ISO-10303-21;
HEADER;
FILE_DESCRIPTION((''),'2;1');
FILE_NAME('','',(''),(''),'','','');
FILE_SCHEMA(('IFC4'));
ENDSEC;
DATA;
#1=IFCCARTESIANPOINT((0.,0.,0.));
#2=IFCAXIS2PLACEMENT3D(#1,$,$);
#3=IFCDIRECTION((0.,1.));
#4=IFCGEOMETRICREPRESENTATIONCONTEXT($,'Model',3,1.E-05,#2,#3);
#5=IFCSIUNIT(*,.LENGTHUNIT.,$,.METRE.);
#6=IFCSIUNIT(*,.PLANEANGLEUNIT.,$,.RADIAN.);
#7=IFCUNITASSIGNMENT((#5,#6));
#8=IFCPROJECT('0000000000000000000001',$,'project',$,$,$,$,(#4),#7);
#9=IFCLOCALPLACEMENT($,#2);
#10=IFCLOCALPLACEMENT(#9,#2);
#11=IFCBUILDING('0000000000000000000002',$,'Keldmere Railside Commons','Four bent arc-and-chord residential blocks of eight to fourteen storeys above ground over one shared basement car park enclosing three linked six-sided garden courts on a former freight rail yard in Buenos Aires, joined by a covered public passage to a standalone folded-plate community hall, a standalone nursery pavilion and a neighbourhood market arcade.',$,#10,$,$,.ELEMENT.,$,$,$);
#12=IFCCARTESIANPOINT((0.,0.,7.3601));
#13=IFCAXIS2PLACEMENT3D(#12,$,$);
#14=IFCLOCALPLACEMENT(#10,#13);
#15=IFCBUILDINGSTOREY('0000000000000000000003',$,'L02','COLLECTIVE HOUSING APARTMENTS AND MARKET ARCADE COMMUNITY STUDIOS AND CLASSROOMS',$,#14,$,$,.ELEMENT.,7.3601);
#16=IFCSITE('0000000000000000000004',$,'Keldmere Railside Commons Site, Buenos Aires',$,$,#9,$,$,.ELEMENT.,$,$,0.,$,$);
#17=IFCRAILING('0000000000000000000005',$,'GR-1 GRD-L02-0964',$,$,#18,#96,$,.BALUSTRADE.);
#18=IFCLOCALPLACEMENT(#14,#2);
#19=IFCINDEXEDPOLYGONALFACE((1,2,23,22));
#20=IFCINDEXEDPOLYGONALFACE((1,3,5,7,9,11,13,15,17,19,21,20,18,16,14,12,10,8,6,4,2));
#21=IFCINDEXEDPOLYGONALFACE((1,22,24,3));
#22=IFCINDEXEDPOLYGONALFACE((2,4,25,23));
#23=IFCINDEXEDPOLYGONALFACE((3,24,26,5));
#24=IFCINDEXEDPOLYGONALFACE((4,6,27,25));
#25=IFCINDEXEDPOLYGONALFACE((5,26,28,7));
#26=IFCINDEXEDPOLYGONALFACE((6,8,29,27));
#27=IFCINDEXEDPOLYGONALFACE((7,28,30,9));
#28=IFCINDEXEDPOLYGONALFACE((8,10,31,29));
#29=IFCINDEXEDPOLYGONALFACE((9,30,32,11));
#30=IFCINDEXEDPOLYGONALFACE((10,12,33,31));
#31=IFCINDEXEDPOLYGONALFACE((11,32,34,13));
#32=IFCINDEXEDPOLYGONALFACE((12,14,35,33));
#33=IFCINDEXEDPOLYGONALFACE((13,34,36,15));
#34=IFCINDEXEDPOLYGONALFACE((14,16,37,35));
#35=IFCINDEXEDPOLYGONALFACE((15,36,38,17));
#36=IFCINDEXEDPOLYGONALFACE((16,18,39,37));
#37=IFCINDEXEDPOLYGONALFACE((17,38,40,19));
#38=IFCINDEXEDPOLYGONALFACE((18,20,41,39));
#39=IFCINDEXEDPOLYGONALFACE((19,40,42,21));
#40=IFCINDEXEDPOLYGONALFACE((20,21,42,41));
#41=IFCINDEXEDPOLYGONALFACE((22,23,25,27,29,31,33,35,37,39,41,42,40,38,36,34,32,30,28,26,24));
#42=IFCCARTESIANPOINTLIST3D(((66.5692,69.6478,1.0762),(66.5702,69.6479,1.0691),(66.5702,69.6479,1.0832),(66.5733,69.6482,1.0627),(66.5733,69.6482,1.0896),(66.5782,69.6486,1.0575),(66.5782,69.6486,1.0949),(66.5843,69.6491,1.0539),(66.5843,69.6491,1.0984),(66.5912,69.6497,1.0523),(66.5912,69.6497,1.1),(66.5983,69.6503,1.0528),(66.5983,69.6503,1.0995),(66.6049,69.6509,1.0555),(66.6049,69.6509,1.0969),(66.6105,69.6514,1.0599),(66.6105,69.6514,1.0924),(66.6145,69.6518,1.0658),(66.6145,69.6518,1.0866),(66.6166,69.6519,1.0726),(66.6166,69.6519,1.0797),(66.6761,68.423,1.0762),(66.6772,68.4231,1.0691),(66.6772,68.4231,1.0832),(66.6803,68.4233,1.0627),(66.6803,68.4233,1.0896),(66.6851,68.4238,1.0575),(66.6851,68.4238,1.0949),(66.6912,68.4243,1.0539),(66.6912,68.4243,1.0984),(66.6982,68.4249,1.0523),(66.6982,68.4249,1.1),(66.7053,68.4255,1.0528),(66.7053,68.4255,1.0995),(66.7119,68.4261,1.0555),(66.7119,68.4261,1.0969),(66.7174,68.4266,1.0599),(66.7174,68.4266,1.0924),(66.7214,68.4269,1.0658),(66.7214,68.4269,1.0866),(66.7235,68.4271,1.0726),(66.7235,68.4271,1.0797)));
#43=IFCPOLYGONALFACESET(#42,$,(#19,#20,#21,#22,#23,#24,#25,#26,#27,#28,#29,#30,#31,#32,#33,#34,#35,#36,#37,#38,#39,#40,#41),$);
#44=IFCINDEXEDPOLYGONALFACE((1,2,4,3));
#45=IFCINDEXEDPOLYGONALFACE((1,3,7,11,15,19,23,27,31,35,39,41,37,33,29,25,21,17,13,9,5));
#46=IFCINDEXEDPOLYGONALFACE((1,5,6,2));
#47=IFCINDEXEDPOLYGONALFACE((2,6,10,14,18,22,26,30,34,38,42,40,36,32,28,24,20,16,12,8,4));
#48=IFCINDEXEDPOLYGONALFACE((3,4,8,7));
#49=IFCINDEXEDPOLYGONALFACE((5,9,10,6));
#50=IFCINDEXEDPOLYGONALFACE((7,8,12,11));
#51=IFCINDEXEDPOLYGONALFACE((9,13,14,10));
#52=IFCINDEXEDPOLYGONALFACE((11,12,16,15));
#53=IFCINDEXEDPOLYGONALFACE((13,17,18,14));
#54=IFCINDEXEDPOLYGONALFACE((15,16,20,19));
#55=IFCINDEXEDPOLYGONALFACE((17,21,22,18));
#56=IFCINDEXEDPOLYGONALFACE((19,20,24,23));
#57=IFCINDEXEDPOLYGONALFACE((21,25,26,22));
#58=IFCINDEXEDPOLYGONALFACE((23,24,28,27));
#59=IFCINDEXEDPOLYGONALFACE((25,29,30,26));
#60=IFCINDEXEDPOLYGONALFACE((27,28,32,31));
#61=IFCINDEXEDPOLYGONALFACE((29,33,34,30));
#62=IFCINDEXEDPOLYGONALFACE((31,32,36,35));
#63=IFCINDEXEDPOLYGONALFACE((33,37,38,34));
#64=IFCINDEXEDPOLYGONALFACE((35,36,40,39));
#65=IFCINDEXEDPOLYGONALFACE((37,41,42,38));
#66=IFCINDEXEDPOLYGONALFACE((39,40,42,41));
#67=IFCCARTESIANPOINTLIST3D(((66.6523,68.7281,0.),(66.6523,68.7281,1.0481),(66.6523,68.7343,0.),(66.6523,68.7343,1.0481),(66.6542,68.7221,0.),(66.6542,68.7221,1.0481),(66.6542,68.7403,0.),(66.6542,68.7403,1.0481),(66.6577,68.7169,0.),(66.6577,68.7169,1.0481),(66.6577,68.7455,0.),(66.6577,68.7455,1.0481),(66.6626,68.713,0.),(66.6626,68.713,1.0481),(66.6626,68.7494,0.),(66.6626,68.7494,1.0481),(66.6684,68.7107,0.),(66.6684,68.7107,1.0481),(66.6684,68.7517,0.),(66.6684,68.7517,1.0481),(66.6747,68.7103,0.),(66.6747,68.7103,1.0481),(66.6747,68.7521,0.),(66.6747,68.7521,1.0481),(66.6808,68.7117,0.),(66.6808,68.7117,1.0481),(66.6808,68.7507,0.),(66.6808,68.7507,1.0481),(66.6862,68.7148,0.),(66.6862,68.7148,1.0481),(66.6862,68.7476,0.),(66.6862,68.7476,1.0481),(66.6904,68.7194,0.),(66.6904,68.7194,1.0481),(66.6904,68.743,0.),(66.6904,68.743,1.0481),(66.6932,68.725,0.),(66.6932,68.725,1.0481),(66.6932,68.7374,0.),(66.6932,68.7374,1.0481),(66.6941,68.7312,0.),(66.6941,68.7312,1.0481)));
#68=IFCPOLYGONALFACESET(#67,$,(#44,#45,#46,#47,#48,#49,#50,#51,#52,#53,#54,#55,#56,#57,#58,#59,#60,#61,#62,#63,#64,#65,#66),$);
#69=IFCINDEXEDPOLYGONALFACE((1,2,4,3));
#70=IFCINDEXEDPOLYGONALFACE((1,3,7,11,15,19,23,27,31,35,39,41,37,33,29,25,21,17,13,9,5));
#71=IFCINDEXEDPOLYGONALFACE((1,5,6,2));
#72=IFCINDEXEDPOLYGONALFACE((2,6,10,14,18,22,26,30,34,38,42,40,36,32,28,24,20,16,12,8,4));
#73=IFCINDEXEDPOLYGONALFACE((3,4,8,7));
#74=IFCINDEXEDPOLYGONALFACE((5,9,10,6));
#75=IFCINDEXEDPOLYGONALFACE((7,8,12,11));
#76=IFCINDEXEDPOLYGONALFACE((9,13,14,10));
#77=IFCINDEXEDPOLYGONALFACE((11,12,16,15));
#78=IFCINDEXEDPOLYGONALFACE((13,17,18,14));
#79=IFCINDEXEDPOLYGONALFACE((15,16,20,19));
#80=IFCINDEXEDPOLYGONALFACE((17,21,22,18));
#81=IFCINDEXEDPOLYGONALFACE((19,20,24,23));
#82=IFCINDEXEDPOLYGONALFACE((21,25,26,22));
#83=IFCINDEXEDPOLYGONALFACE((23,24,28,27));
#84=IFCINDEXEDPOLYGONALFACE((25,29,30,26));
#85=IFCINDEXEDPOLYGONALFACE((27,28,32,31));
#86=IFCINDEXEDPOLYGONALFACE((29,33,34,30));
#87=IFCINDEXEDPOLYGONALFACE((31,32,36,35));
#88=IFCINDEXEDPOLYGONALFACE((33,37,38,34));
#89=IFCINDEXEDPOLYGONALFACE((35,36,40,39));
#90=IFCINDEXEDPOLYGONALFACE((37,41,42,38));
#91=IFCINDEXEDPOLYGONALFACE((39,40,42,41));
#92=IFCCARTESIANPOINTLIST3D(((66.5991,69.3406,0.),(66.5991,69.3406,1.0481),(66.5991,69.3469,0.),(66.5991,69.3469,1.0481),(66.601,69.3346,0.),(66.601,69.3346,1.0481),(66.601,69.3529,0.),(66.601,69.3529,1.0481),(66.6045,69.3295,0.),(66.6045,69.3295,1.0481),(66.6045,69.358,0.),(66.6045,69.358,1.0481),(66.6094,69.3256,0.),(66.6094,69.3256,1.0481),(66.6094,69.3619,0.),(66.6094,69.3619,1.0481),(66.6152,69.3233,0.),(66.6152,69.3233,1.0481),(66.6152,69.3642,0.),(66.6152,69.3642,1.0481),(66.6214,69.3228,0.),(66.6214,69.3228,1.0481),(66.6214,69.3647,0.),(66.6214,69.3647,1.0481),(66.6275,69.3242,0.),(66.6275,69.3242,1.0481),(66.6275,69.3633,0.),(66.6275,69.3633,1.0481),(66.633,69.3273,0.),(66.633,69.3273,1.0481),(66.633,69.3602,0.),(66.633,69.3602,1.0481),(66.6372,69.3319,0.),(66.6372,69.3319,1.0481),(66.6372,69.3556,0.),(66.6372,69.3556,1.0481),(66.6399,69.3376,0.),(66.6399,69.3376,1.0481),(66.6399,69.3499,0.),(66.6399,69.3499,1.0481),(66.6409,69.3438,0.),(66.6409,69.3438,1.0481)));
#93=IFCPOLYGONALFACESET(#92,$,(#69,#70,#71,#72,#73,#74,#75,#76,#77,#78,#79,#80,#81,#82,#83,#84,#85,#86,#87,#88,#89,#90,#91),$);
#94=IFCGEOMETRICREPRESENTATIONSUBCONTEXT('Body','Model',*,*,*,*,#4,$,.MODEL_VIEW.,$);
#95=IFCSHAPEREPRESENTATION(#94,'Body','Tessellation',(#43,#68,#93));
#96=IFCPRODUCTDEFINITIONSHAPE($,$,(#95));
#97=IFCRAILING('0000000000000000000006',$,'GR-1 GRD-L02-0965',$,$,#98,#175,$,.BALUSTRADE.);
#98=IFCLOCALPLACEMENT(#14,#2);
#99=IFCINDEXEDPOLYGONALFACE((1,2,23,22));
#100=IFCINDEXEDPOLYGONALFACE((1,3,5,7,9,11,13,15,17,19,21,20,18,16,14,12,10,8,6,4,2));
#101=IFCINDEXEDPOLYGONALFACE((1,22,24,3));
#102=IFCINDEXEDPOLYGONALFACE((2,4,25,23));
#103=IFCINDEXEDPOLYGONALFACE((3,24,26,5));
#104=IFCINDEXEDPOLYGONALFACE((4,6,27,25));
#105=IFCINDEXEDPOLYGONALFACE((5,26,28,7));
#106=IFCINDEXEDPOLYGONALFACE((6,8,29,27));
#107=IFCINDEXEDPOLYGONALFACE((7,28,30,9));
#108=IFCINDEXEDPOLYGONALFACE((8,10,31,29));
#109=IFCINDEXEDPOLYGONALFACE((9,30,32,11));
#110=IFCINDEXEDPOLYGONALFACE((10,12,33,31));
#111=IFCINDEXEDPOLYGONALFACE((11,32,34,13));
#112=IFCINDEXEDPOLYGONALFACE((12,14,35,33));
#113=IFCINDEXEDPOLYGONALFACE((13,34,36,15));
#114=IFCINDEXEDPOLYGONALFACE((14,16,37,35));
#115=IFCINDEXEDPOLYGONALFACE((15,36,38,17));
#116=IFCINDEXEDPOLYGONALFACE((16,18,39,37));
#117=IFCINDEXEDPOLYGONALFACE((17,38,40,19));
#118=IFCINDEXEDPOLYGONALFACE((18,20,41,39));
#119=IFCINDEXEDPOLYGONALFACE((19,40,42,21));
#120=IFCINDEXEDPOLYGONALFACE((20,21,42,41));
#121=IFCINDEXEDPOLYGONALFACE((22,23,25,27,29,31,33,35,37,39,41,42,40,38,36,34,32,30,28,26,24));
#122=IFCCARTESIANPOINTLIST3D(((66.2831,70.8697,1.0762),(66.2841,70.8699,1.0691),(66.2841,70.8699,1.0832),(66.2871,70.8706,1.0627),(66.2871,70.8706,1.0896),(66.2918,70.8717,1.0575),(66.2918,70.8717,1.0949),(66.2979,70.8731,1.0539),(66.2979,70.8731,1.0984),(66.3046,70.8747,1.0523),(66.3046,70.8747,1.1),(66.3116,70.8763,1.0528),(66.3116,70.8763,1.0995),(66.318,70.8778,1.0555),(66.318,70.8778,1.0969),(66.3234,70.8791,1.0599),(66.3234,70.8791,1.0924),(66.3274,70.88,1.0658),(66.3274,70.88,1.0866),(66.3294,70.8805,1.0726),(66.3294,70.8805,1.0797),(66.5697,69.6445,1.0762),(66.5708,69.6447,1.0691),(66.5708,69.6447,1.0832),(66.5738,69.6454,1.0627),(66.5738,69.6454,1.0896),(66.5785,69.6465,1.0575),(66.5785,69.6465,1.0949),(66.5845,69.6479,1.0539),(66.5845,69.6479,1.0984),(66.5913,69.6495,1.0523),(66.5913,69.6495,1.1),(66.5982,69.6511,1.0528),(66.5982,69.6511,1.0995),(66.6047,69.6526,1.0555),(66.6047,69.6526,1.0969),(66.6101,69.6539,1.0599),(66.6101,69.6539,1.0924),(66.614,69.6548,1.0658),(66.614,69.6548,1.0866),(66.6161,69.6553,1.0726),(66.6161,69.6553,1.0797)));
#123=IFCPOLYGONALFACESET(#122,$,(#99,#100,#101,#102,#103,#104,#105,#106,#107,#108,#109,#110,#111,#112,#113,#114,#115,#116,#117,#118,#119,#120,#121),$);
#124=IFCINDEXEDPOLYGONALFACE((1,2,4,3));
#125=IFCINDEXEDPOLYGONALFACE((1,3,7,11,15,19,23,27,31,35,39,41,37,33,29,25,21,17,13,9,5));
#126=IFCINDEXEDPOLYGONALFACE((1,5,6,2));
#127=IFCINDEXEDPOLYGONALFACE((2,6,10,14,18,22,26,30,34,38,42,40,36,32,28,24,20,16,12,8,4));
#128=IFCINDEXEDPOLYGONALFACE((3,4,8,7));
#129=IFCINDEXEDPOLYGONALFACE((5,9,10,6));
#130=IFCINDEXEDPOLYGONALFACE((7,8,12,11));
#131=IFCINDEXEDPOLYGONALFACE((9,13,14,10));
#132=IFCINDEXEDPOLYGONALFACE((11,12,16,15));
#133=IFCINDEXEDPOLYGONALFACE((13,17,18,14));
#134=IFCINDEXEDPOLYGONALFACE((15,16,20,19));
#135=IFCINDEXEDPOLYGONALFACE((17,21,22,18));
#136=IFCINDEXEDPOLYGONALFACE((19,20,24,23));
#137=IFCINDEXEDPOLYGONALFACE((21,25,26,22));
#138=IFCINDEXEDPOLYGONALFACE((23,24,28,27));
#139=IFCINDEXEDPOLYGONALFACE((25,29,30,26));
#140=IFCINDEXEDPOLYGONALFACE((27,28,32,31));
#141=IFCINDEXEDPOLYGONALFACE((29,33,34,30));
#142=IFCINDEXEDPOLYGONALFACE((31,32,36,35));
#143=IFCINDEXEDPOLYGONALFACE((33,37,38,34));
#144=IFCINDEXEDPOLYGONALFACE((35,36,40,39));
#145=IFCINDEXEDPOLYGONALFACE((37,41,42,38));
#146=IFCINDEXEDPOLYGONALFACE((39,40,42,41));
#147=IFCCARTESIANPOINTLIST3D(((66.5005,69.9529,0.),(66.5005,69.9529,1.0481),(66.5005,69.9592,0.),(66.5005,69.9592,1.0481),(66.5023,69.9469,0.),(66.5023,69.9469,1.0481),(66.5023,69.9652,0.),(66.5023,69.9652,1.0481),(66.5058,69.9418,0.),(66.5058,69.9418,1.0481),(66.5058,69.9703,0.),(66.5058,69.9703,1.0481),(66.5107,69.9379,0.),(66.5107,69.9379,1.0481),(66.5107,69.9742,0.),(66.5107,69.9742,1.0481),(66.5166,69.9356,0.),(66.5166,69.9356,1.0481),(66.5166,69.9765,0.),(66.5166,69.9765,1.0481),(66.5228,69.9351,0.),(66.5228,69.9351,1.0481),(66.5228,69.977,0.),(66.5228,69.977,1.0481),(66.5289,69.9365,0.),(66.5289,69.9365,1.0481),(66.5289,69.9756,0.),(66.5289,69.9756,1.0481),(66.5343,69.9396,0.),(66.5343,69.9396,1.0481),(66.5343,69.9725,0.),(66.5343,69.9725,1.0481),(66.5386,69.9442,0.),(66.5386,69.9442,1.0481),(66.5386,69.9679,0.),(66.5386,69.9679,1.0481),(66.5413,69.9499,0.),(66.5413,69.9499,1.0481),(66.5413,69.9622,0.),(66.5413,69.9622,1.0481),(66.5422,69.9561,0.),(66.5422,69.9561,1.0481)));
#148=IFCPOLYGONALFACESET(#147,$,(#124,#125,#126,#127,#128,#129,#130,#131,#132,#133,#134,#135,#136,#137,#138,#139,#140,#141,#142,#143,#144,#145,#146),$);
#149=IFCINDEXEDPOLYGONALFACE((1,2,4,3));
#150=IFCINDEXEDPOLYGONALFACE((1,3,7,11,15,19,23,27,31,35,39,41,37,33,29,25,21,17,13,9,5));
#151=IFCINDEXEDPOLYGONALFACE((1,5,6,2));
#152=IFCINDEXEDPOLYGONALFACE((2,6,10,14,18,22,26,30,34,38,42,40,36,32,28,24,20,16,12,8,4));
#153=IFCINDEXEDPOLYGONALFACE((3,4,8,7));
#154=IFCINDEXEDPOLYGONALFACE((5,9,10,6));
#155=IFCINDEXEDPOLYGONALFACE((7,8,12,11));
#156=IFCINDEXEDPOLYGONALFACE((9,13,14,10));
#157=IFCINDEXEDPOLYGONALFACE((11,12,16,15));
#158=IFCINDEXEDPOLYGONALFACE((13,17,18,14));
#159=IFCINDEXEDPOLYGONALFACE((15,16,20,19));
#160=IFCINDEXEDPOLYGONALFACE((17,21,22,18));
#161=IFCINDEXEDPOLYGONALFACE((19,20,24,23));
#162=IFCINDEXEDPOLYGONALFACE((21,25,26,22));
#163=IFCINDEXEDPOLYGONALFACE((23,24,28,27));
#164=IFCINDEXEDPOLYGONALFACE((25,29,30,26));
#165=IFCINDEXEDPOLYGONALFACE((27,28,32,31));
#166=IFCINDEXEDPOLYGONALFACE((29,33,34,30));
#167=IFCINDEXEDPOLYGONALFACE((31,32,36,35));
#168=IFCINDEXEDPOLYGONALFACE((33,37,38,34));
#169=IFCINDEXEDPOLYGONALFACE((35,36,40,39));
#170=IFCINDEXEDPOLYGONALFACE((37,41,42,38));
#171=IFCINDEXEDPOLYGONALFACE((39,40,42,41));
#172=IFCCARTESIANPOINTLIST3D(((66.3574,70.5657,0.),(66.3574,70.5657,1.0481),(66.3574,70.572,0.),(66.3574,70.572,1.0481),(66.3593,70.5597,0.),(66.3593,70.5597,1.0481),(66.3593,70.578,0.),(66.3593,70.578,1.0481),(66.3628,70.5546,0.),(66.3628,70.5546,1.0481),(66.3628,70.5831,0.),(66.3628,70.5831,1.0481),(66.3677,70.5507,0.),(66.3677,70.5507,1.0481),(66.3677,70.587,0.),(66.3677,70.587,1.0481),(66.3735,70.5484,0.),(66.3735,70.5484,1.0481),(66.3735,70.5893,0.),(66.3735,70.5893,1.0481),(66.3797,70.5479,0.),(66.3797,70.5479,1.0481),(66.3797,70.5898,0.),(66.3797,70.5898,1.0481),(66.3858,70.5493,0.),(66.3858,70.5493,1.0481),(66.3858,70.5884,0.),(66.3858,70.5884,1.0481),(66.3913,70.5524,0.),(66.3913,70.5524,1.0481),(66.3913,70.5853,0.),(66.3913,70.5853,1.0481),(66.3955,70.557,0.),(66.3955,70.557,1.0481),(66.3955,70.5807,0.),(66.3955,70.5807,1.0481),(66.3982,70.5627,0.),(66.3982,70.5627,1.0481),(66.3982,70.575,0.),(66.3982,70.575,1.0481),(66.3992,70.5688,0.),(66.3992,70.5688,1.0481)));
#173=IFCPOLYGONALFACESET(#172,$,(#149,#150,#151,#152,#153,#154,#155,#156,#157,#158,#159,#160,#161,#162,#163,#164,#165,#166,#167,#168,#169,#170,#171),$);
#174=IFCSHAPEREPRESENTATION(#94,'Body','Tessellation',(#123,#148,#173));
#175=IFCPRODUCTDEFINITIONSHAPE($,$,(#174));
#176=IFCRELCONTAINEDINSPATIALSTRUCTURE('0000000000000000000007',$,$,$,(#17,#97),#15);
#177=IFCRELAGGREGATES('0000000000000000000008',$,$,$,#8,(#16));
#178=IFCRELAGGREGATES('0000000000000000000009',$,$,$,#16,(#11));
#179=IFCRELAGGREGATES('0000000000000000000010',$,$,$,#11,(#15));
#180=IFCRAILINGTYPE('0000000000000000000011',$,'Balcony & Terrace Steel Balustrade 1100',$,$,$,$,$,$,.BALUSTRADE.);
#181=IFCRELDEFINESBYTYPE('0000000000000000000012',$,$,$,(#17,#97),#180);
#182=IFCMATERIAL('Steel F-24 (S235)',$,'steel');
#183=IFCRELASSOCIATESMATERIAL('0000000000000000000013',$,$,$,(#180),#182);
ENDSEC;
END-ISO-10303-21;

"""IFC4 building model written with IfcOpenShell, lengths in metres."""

from ifc_helpers import new_model, si_unit, direction, frame, origin, origin_2d, place, context, subcontext, project, spatial, circle, extrude, material, type_object, element, save


model = new_model("IFC4")

# Units and contexts
model_context = context("Model", 3, precision=1e-05, world=origin(), true_north=direction((0.0, 1.0)))
body_context = subcontext(model_context, "Body", "Model", "MODEL_VIEW")
ifc_project = project(units=[si_unit("LENGTHUNIT", "METRE"), si_unit("PLANEANGLEUNIT", "RADIAN")], contexts=[model_context])

# Site, building, storey
site_placement = place(None, origin())
site = spatial("IfcSite", under=ifc_project, at=site_placement, Name="Keldmere Railside Commons Site, Buenos Aires", CompositionType="ELEMENT", RefElevation=0.0)
building_placement = place(site_placement, origin())
building = spatial("IfcBuilding", under=site, at=building_placement, Name="Keldmere Railside Commons", Description="Four bent arc-and-chord residential blocks of eight to fourteen storeys above ground over one shared basement car park enclosing three linked six-sided garden courts on a former freight rail yard in Buenos Aires, joined by a covered public passage to a standalone folded-plate community hall, a standalone nursery pavilion and a neighbourhood market arcade.", CompositionType="ELEMENT")
storey_placement = place(building_placement, frame((0.0, 0.0, 7.3601)))
storey = spatial("IfcBuildingStorey", under=building, at=storey_placement, Name="L02", Description="COLLECTIVE HOUSING APARTMENTS AND MARKET ARCADE COMMUNITY STUDIOS AND CLASSROOMS", CompositionType="ELEMENT", Elevation=7.3601)

# Railings
ifc_material_1 = material(Name="Steel F-24 (S235)", Category="steel")
railing_type = type_object("IfcRailingType", Name="Balcony & Terrace Steel Balustrade 1100", PredefinedType="BALUSTRADE", material=ifc_material_1)
railing_1_placement = place(storey_placement, frame((66.7, 68.425, 0.0)))
element("IfcRailing", 1, at=railing_1_placement, inside=storey, type_object=railing_type, Name="GR-1 GRD-L02-0964", PredefinedType="BALUSTRADE", context=body_context, shape_type="SweptSolid", body=[
    extrude(circle(Radius=0.0239, at=origin_2d()), frame((0.0, 0.0, 1.0762), z_axis=(-0.086972, 0.996211, 0.0), x_axis=(-0.996211, -0.086972, 0.0)), (0.0, 0.0, 1.0), 1.2295),
    extrude(circle(Radius=0.021, at=origin_2d()), frame((-0.0269, 0.3062, 0.0)), (0.0, 0.0, 1.0), 1.0481),
    extrude(circle(Radius=0.021, at=origin_2d()), frame((-0.0801, 0.9187, 0.0)), (0.0, 0.0, 1.0), 1.0481),
])
railing_2_placement = place(storey_placement, frame((66.593, 69.6499, 0.0)))
element("IfcRailing", 2, at=railing_2_placement, inside=storey, type_object=railing_type, Name="GR-1 GRD-L02-0965", PredefinedType="BALUSTRADE", context=body_context, shape_type="SweptSolid", body=[
    extrude(circle(Radius=0.0239, at=origin_2d()), frame((0.0, 0.0, 1.0762), z_axis=(-0.227806, 0.973706, 0.0), x_axis=(-0.973706, -0.227806, 0.0)), (0.0, 0.0, 1.0), 1.2583),
    extrude(circle(Radius=0.021, at=origin_2d()), frame((-0.0718, 0.3062, 0.0)), (0.0, 0.0, 1.0), 1.0481),
    extrude(circle(Radius=0.021, at=origin_2d()), frame((-0.2148, 0.9189, 0.0)), (0.0, 0.0, 1.0), 1.0481),
])

save(model, "model.ifc")
